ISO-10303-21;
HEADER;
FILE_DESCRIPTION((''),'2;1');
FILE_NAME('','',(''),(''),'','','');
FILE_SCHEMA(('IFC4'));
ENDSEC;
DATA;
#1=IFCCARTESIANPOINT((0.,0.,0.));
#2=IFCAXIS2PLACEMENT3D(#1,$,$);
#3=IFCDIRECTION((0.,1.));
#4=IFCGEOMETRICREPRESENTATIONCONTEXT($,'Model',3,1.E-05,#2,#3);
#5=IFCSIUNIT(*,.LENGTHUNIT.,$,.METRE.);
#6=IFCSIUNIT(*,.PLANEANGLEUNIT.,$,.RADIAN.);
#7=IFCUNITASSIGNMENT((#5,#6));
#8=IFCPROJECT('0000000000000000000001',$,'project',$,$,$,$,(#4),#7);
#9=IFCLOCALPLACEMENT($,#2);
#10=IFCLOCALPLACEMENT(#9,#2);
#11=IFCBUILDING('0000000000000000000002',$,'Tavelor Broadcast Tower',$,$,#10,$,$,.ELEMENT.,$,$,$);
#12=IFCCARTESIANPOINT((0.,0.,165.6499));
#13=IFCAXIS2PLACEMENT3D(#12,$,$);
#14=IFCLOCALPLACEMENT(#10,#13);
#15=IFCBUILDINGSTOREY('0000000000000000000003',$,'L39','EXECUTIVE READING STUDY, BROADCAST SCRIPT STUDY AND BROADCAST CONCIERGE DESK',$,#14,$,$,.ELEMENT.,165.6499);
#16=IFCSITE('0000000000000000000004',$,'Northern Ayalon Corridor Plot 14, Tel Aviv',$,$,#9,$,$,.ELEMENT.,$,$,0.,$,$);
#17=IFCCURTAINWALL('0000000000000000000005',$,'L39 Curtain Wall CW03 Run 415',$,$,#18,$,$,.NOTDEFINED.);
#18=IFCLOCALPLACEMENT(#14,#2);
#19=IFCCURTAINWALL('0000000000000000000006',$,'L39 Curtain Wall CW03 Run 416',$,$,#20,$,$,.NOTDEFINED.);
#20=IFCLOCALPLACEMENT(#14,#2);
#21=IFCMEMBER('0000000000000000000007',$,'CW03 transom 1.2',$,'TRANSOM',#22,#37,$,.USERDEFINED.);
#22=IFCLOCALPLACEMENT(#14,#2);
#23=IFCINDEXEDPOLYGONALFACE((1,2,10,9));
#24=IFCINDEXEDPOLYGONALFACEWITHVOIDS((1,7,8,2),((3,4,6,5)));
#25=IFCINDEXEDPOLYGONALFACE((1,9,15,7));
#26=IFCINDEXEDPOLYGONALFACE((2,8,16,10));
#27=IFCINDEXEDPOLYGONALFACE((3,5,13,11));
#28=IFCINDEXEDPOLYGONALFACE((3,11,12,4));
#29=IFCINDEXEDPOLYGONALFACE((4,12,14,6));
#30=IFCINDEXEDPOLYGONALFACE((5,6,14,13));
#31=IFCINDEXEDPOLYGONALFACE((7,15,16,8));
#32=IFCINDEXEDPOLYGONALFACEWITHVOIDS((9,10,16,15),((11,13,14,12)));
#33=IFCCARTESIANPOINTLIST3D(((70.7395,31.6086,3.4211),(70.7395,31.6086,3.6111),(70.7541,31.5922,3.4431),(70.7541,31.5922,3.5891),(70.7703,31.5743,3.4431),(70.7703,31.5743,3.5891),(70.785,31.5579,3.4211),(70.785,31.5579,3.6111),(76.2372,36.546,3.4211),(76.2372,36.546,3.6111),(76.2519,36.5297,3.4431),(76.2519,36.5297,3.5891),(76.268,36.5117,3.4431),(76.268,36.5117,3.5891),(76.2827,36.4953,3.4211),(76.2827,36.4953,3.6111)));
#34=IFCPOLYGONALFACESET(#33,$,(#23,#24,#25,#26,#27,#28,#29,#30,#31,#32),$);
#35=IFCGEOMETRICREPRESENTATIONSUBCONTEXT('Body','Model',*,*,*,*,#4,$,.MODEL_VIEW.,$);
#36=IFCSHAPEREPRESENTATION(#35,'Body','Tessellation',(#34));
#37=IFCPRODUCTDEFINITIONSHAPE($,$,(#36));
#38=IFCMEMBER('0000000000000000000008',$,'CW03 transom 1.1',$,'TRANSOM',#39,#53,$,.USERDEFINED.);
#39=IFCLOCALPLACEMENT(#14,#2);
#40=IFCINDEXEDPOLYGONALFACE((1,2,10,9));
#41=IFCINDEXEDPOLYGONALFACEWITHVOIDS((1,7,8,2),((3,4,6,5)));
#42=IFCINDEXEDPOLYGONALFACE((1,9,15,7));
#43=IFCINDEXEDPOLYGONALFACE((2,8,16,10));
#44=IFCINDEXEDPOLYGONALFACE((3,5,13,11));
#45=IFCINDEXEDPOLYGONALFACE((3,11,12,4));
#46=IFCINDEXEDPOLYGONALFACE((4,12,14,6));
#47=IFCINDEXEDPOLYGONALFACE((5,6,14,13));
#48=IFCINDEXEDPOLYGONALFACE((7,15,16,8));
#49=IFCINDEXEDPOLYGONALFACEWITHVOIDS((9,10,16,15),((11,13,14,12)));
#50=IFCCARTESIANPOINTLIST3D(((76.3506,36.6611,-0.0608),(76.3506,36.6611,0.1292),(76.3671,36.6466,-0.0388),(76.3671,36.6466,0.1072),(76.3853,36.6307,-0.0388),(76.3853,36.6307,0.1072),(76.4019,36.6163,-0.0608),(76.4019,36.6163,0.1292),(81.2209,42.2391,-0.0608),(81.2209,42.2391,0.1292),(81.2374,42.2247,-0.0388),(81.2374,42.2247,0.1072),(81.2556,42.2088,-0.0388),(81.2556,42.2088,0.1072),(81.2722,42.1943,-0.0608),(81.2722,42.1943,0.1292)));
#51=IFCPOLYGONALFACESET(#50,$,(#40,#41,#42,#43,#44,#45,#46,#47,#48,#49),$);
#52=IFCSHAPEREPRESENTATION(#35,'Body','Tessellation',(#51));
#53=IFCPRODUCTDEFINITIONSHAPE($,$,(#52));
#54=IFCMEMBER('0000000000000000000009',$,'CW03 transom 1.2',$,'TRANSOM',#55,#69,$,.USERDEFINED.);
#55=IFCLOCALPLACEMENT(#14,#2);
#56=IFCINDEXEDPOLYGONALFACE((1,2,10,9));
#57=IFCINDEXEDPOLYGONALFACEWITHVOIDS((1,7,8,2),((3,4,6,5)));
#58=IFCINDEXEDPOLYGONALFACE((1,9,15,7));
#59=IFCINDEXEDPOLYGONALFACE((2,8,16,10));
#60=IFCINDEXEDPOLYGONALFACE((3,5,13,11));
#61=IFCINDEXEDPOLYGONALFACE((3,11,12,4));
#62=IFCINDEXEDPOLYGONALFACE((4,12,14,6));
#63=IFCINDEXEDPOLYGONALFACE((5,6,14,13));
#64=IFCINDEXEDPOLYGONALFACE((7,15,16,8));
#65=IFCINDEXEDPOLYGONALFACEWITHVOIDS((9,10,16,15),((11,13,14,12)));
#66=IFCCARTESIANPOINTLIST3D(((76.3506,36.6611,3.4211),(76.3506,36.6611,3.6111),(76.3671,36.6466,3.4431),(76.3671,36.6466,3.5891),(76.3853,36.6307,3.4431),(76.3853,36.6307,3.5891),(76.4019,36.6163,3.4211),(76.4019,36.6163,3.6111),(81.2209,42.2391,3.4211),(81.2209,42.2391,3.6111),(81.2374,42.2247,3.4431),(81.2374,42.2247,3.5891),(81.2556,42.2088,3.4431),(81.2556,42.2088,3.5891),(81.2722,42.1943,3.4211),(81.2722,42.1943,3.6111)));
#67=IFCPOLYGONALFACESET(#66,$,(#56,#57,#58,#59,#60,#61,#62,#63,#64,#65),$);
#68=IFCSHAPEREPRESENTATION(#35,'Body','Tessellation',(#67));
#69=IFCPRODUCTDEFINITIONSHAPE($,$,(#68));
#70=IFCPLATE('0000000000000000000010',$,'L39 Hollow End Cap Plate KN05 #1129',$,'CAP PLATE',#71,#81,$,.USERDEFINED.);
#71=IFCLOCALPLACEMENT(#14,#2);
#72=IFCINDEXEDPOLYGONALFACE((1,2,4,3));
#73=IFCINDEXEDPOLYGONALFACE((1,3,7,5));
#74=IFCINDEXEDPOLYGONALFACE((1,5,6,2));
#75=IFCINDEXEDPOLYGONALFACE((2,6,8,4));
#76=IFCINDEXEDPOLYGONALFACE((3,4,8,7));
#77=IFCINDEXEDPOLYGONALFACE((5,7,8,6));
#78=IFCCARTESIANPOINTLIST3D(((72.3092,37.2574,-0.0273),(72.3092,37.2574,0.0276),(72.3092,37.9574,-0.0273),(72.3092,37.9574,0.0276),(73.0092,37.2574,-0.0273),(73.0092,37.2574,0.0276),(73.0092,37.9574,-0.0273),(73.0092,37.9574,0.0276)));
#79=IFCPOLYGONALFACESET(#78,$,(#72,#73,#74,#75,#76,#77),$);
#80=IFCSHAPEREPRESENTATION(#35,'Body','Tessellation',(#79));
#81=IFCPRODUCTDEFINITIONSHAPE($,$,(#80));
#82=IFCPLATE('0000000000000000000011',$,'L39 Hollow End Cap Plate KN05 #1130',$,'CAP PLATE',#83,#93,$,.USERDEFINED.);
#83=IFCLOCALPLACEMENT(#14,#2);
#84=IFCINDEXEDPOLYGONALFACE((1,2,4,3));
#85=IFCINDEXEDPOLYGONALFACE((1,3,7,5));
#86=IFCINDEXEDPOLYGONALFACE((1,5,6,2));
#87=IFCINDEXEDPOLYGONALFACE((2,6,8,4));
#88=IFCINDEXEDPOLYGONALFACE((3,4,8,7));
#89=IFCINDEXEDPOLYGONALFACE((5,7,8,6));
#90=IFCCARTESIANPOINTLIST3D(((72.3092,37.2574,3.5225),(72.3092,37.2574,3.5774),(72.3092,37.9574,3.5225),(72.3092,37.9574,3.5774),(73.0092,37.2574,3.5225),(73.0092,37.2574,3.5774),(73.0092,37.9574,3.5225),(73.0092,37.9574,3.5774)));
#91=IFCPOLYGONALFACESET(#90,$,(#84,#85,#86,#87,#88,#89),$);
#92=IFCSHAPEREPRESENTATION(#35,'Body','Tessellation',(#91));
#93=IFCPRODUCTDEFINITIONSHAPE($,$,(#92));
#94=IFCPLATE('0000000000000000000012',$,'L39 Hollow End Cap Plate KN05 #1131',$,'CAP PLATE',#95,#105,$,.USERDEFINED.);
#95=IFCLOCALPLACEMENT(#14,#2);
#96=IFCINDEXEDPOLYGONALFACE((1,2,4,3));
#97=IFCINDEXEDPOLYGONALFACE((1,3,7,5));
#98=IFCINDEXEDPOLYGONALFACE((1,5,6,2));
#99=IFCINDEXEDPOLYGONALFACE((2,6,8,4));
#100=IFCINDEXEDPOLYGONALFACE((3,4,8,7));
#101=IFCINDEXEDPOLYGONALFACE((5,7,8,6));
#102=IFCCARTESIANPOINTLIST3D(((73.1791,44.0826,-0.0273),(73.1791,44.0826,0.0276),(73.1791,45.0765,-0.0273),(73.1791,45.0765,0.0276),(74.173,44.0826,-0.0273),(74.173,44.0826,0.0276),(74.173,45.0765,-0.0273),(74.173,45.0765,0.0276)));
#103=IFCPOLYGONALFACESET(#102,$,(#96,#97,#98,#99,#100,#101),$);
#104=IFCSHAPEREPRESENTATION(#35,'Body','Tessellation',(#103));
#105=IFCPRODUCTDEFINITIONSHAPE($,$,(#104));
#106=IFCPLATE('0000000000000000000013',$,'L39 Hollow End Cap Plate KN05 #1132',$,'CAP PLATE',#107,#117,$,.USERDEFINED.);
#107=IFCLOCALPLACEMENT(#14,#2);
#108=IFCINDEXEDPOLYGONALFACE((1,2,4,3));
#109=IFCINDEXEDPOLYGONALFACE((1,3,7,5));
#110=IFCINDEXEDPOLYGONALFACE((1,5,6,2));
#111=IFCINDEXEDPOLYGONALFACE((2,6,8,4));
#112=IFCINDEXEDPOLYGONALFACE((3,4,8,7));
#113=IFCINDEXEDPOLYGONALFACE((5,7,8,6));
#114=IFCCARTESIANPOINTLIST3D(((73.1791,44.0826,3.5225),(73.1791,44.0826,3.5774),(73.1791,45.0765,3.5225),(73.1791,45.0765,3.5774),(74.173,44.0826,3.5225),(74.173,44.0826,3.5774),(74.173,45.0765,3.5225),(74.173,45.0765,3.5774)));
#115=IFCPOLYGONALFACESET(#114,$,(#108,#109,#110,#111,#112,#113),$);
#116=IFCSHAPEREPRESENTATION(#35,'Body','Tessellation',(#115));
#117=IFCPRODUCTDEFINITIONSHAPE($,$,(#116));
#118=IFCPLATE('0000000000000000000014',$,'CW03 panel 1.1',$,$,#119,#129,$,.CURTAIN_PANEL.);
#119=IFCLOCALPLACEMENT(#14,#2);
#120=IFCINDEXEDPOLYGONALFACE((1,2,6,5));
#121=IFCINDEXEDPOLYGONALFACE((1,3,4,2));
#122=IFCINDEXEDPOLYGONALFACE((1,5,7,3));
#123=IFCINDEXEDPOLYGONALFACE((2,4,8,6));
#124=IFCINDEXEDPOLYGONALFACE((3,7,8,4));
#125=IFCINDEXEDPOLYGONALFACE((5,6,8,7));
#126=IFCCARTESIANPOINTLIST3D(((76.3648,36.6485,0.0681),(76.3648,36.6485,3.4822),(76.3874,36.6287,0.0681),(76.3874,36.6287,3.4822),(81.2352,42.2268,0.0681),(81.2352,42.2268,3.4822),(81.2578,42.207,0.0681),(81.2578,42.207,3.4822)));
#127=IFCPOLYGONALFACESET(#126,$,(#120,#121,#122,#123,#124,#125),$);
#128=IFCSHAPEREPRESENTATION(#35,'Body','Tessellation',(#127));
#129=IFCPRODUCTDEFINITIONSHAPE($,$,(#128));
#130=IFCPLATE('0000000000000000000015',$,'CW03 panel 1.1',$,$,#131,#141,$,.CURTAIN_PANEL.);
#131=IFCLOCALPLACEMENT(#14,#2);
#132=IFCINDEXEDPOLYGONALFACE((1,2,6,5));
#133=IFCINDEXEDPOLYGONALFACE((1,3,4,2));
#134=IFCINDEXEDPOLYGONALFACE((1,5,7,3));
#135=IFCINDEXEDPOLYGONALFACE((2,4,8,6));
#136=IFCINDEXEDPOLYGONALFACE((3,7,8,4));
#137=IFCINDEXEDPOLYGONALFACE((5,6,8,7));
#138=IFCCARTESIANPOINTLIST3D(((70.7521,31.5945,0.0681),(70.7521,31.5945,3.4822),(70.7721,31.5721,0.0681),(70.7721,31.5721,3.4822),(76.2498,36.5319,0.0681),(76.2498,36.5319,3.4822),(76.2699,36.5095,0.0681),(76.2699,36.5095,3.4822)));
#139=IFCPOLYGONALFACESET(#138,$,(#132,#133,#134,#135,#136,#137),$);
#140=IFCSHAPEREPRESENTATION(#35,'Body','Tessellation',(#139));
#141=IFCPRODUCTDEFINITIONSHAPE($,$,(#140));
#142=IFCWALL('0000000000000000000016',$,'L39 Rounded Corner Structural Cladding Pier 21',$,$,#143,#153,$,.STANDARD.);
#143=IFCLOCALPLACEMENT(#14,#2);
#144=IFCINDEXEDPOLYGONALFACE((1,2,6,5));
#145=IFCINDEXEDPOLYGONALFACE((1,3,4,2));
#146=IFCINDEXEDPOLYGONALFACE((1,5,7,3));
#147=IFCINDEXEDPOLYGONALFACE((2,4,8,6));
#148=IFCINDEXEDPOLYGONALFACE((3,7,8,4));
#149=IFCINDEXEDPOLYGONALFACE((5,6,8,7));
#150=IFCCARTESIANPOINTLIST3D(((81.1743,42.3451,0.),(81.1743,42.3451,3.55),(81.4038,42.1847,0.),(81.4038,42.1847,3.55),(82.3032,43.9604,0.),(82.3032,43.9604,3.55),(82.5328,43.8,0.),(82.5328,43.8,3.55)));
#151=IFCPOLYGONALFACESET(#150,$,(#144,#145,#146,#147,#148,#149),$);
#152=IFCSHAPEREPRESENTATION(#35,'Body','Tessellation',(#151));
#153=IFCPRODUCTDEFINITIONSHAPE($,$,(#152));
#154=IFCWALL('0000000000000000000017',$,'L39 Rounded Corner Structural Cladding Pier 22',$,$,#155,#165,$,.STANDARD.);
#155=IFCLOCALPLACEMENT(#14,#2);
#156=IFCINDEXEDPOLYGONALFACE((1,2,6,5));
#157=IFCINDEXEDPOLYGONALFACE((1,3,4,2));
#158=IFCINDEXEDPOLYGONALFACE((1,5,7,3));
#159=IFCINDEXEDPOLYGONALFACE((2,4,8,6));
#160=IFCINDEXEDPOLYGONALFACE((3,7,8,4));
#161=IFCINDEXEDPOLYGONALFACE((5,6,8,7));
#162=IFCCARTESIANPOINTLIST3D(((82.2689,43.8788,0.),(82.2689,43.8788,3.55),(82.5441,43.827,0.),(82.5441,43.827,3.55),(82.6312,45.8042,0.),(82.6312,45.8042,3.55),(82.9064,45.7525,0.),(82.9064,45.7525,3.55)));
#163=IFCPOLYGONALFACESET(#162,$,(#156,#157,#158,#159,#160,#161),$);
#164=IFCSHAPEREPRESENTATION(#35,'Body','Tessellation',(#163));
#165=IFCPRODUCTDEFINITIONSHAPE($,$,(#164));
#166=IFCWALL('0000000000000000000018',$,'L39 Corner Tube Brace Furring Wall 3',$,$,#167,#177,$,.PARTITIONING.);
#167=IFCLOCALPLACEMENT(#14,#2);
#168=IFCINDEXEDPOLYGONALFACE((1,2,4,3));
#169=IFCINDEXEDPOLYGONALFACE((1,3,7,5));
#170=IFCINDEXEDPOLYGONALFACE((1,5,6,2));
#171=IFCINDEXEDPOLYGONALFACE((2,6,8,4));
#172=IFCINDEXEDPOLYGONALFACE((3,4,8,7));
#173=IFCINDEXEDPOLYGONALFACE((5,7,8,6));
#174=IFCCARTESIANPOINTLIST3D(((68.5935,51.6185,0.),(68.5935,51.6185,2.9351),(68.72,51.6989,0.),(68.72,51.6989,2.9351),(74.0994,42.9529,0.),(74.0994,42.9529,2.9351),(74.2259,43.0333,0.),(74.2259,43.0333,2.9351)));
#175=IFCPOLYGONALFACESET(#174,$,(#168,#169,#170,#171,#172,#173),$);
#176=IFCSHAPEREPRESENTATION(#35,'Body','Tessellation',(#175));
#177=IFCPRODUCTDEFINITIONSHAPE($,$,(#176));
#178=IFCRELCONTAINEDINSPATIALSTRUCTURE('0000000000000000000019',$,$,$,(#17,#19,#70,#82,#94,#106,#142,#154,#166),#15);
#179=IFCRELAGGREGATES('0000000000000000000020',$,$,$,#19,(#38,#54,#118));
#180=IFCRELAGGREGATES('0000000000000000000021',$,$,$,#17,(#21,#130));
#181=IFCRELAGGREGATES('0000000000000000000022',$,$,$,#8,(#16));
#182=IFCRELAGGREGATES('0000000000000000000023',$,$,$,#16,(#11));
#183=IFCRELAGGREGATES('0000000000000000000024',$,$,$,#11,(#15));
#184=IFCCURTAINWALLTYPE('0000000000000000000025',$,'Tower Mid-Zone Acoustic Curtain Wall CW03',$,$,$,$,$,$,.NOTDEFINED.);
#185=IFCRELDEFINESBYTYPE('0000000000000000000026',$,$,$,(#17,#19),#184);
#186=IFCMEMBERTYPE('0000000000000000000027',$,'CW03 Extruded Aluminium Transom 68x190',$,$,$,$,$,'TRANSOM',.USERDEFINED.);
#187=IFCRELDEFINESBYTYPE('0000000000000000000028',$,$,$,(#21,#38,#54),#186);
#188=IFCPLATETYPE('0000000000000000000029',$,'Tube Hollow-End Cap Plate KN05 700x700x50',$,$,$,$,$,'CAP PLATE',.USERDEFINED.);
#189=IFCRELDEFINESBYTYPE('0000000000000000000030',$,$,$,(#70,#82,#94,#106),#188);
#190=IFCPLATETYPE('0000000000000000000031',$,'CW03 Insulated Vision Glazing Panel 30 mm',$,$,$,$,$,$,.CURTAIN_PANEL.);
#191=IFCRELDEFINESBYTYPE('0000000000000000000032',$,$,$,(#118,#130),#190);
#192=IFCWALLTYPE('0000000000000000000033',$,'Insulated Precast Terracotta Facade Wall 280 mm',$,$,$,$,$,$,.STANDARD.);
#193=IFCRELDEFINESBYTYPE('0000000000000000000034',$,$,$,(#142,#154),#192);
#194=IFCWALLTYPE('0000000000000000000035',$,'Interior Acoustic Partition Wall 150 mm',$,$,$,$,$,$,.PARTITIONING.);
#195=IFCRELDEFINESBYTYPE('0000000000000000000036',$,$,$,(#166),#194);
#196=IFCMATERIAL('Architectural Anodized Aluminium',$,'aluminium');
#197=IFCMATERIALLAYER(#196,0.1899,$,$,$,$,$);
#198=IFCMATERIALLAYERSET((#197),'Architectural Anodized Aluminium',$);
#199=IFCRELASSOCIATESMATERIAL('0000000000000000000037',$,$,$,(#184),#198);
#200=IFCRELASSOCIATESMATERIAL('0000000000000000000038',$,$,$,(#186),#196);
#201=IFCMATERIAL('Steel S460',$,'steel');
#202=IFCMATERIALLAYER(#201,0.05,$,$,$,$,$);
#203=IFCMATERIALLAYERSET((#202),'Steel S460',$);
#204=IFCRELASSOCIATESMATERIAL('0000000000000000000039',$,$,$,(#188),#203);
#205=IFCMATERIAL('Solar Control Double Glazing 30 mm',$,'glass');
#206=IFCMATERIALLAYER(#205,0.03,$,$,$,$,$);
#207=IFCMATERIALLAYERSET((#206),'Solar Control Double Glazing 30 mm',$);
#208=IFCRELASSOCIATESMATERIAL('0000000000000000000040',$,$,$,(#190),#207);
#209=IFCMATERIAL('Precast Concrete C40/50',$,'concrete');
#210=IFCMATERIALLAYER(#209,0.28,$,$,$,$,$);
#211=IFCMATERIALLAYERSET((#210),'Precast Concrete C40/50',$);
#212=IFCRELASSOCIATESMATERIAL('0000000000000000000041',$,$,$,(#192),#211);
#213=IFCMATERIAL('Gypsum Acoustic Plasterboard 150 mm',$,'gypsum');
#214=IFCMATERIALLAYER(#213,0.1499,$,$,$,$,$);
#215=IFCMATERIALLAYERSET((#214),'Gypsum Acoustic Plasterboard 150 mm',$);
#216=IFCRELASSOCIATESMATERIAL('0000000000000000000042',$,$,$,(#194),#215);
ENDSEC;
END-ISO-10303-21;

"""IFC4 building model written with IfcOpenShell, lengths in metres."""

from ifc_helpers import new_model, si_unit, direction, frame, frame_2d, origin, origin_2d, place, context, subcontext, project, spatial, rectangle, hollow_rectangle, extrude, source, transform, mapped, material, layer, layer_set, material_profile, profile_set, type_object, type_shapes, element, aggregate, save


model = new_model("IFC4")

# Units and contexts
model_context = context("Model", 3, precision=1e-05, world=origin(), true_north=direction((0.0, 1.0)))
body_context = subcontext(model_context, "Body", "Model", "MODEL_VIEW")
ifc_project = project(units=[si_unit("LENGTHUNIT", "METRE"), si_unit("PLANEANGLEUNIT", "RADIAN")], contexts=[model_context])

# Site, building, storey
site_placement = place(None, origin())
site = spatial("IfcSite", under=ifc_project, at=site_placement, Name="Northern Ayalon Corridor Plot 14, Tel Aviv", CompositionType="ELEMENT", RefElevation=0.0)
building_placement = place(site_placement, origin())
building = spatial("IfcBuilding", under=site, at=building_placement, Name="Tavelor Broadcast Tower", CompositionType="ELEMENT")
storey_placement = place(building_placement, frame((0.0, 0.0, 165.6499)))
storey = spatial("IfcBuildingStorey", under=building, at=storey_placement, Name="L39", Description="EXECUTIVE READING STUDY, BROADCAST SCRIPT STUDY AND BROADCAST CONCIERGE DESK", CompositionType="ELEMENT", Elevation=165.6499)

# Shared definitions
ifc_material_1 = material(Name="Steel S460", Category="steel")

# Curtain wall
ifc_material_2 = material(Name="Architectural Anodized Aluminium", Category="aluminium")
ifc_layer_1 = layer(ifc_material_2, 0.1899)
ifc_layer_set_1 = layer_set([ifc_layer_1], Name="Architectural Anodized Aluminium")
curtain_wall_type = type_object("IfcCurtainWallType", Name="Tower Mid-Zone Acoustic Curtain Wall CW03", PredefinedType="NOTDEFINED", material=ifc_layer_set_1)
curtain_wall_1_placement = place(storey_placement, origin())
curtain_wall_1 = element("IfcCurtainWall", 1, at=curtain_wall_1_placement, inside=storey, type_object=curtain_wall_type, Name="L39 Curtain Wall CW03 Run 415", PredefinedType="NOTDEFINED")

# Curtain wall
curtain_wall_2_placement = place(storey_placement, origin())
curtain_wall_2 = element("IfcCurtainWall", 2, at=curtain_wall_2_placement, inside=storey, type_object=curtain_wall_type, Name="L39 Curtain Wall CW03 Run 416", PredefinedType="NOTDEFINED")

# Members
ifc_material_profile_1 = material_profile(ifc_material_2, hollow_rectangle(XDim=0.0681, YDim=0.1899, WallThickness=0.022, at=origin_2d()), Name="RHS 68x190x22")
ifc_profile_set_1 = profile_set([ifc_material_profile_1], Name="Architectural Anodized Aluminium")
member_type_1 = type_object("IfcMemberType", Name="CW03 Extruded Aluminium Transom 68x190", ElementType="TRANSOM", PredefinedType="USERDEFINED", material=ifc_profile_set_1)
shared_shape_1 = source(origin(), body_context, "Body", "SweptSolid", [
    extrude(hollow_rectangle(XDim=0.0681, YDim=0.1899, WallThickness=0.022, at=origin_2d()), origin(), (0.0, 0.0, 1.0), 7.3894),
])
member_1_placement = place(storey_placement, frame((70.7622, 31.5833, 3.5161), z_axis=(0.744002, 0.668178, 0.0), x_axis=(-0.668178, 0.744002, 0.0)))
member_1 = element("IfcMember", 3, at=member_1_placement, type_object=member_type_1, Name="CW03 transom 1.2", ObjectType="TRANSOM", PredefinedType="USERDEFINED", context=body_context, shape_type="MappedRepresentation", body=[
    mapped(shared_shape_1, transform((0.0, 0.0, 0.0), scale=1.0)),
])
shared_shape_2 = source(origin(), body_context, "Body", "SweptSolid", [
    extrude(hollow_rectangle(XDim=0.0681, YDim=0.1899, WallThickness=0.022, at=origin_2d()), origin(), (0.0, 0.0, 1.0), 7.405),
])
type_shapes(member_type_1, [shared_shape_1, shared_shape_2])
member_2_placement = place(storey_placement, frame((76.3762, 36.6387, 0.0342), z_axis=(0.657701, 0.753279, 0.0), x_axis=(-0.753279, 0.657701, 0.0)))
member_2 = element("IfcMember", 4, at=member_2_placement, type_object=member_type_1, Name="CW03 transom 1.1", ObjectType="TRANSOM", PredefinedType="USERDEFINED", context=body_context, shape_type="MappedRepresentation", body=[
    mapped(shared_shape_2, transform((0.0, 0.0, 0.0), scale=1.0)),
])
member_3_placement = place(storey_placement, frame((76.3762, 36.6387, 3.5161), z_axis=(0.657701, 0.753279, 0.0), x_axis=(-0.753279, 0.657701, 0.0)))
member_3 = element("IfcMember", 5, at=member_3_placement, type_object=member_type_1, Name="CW03 transom 1.2", ObjectType="TRANSOM", PredefinedType="USERDEFINED", context=body_context, shape_type="MappedRepresentation", body=[
    mapped(shared_shape_2, transform((0.0, 0.0, 0.0), scale=1.0)),
])

# Plates
ifc_layer_2 = layer(ifc_material_1, 0.05)
ifc_layer_set_2 = layer_set([ifc_layer_2], Name="Steel S460")
plate_type_1 = type_object("IfcPlateType", Name="Tube Hollow-End Cap Plate KN05 700x700x50", ElementType="CAP PLATE", PredefinedType="USERDEFINED", material=ifc_layer_set_2)
shared_shape_3 = source(origin(), body_context, "Body", "SweptSolid", [
    extrude(rectangle(XDim=0.7, YDim=0.7, at=origin_2d()), origin(), (0.0, 0.0, 1.0), 0.0549),
])
for number, where, z_axis, x_axis, name in (
    (6, (72.6592, 37.6074, -0.0273), (0.0, 0.0, 1.0), (1.0, 0.0, 0.0), "L39 Hollow End Cap Plate KN05 #1129"),
    (7, (72.6592, 37.6074, 3.5225), (0.0, 0.0, 1.0), (1.0, 0.0, 0.0), "L39 Hollow End Cap Plate KN05 #1130"),
):
    element("IfcPlate", number, at=place(storey_placement, frame(where, z_axis=z_axis, x_axis=x_axis)), inside=storey, type_object=plate_type_1, Name=name, ObjectType="CAP PLATE", PredefinedType="USERDEFINED", context=body_context, shape_type="MappedRepresentation", body=[
        mapped(shared_shape_3, transform((0.0, 0.0, 0.0), scale=1.0)),
    ])
shared_shape_4 = source(origin(), body_context, "Body", "SweptSolid", [
    extrude(rectangle(XDim=0.9939, YDim=0.9939, at=origin_2d()), origin(), (0.0, 0.0, 1.0), 0.0549),
])
type_shapes(plate_type_1, [shared_shape_3, shared_shape_4])
for number, where, z_axis, x_axis, name in (
    (8, (73.676, 44.5796, -0.0273), (0.0, 0.0, 1.0), (1.0, 0.0, 0.0), "L39 Hollow End Cap Plate KN05 #1131"),
    (9, (73.676, 44.5796, 3.5225), (0.0, 0.0, 1.0), (1.0, 0.0, 0.0), "L39 Hollow End Cap Plate KN05 #1132"),
):
    element("IfcPlate", number, at=place(storey_placement, frame(where, z_axis=z_axis, x_axis=x_axis)), inside=storey, type_object=plate_type_1, Name=name, ObjectType="CAP PLATE", PredefinedType="USERDEFINED", context=body_context, shape_type="MappedRepresentation", body=[
        mapped(shared_shape_4, transform((0.0, 0.0, 0.0), scale=1.0)),
    ])

# Plates
ifc_material_3 = material(Name="Solar Control Double Glazing 30 mm", Category="glass")
ifc_layer_3 = layer(ifc_material_3, 0.03)
ifc_layer_set_3 = layer_set([ifc_layer_3], Name="Solar Control Double Glazing 30 mm")
plate_type_2 = type_object("IfcPlateType", Name="CW03 Insulated Vision Glazing Panel 30 mm", PredefinedType="CURTAIN_PANEL", material=ifc_layer_set_3)
shared_shape_5 = source(origin(), body_context, "Body", "SweptSolid", [
    extrude(rectangle(XDim=7.4053, YDim=0.03, at=origin_2d()), origin(), (0.0, 0.0, 1.0), 3.4141),
])
plate_1_placement = place(storey_placement, frame((78.8113, 39.4277, 0.0681), z_axis=(0.0, 0.0, 1.0), x_axis=(0.657692, 0.753287, 0.0)))
plate_1 = element("IfcPlate", 10, at=plate_1_placement, type_object=plate_type_2, Name="CW03 panel 1.1", PredefinedType="CURTAIN_PANEL", context=body_context, shape_type="MappedRepresentation", body=[
    mapped(shared_shape_5, transform((0.0, 0.0, 0.0), scale=1.0)),
])
aggregate(curtain_wall_2, [member_2, member_3, plate_1])
shared_shape_6 = source(origin(), body_context, "Body", "SweptSolid", [
    extrude(rectangle(XDim=7.3894, YDim=0.03, at=origin_2d()), origin(), (0.0, 0.0, 1.0), 3.4141),
])
type_shapes(plate_type_2, [shared_shape_5, shared_shape_6])
plate_2_placement = place(storey_placement, frame((73.511, 34.052, 0.0681), z_axis=(0.0, 0.0, 1.0), x_axis=(0.744008, 0.668171, 0.0)))
plate_2 = element("IfcPlate", 11, at=plate_2_placement, type_object=plate_type_2, Name="CW03 panel 1.1", PredefinedType="CURTAIN_PANEL", context=body_context, shape_type="MappedRepresentation", body=[
    mapped(shared_shape_6, transform((0.0, 0.0, 0.0), scale=1.0)),
])
aggregate(curtain_wall_1, [member_1, plate_2])

# Walls
ifc_material_4 = material(Name="Precast Concrete C40/50", Category="concrete")
ifc_layer_4 = layer(ifc_material_4, 0.28)
ifc_layer_set_4 = layer_set([ifc_layer_4], Name="Precast Concrete C40/50")
wall_type_1 = type_object("IfcWallType", Name="Insulated Precast Terracotta Facade Wall 280 mm", PredefinedType="STANDARD", material=ifc_layer_set_4)
wall_1_placement = place(storey_placement, frame((81.2891, 42.2649, 0.0), z_axis=(0.0, 0.0, 1.0), x_axis=(0.572864, 0.819651, 0.0)))
element("IfcWall", 12, at=wall_1_placement, inside=storey, type_object=wall_type_1, Name="L39 Rounded Corner Structural Cladding Pier 21", PredefinedType="STANDARD", context=body_context, shape_type="SweptSolid", body=[
    extrude(rectangle(XDim=1.9707, YDim=0.28, at=frame_2d((0.9854, 0.0))), origin(), (0.0, 0.0, 1.0), 3.55),
])
wall_2_placement = place(storey_placement, frame((82.4065, 43.853, 0.0), z_axis=(0.0, 0.0, 1.0), x_axis=(0.184913, 0.982755, 0.0)))
element("IfcWall", 13, at=wall_2_placement, inside=storey, type_object=wall_type_1, Name="L39 Rounded Corner Structural Cladding Pier 22", PredefinedType="STANDARD", context=body_context, shape_type="SweptSolid", body=[
    extrude(rectangle(XDim=1.9592, YDim=0.28, at=frame_2d((0.9795, 0.0))), origin(), (0.0, 0.0, 1.0), 3.55),
])
ifc_material_5 = material(Name="Gypsum Acoustic Plasterboard 150 mm", Category="gypsum")
ifc_layer_5 = layer(ifc_material_5, 0.1499)
ifc_layer_set_5 = layer_set([ifc_layer_5], Name="Gypsum Acoustic Plasterboard 150 mm")
wall_type_2 = type_object("IfcWallType", Name="Interior Acoustic Partition Wall 150 mm", PredefinedType="PARTITIONING", material=ifc_layer_set_5)
wall_3_placement = place(storey_placement, frame((74.1626, 42.9932, 0.0), z_axis=(0.0, 0.0, 1.0), x_axis=(-0.536281, 0.844039, 0.0)))
element("IfcWall", 14, at=wall_3_placement, inside=storey, type_object=wall_type_2, Name="L39 Corner Tube Brace Furring Wall 3", PredefinedType="PARTITIONING", context=body_context, shape_type="SweptSolid", body=[
    extrude(rectangle(XDim=10.2668, YDim=0.1499, at=frame_2d((5.1333, 0.0))), origin(), (0.0, 0.0, 1.0), 2.9351),
])

save(model, "model.ifc")
